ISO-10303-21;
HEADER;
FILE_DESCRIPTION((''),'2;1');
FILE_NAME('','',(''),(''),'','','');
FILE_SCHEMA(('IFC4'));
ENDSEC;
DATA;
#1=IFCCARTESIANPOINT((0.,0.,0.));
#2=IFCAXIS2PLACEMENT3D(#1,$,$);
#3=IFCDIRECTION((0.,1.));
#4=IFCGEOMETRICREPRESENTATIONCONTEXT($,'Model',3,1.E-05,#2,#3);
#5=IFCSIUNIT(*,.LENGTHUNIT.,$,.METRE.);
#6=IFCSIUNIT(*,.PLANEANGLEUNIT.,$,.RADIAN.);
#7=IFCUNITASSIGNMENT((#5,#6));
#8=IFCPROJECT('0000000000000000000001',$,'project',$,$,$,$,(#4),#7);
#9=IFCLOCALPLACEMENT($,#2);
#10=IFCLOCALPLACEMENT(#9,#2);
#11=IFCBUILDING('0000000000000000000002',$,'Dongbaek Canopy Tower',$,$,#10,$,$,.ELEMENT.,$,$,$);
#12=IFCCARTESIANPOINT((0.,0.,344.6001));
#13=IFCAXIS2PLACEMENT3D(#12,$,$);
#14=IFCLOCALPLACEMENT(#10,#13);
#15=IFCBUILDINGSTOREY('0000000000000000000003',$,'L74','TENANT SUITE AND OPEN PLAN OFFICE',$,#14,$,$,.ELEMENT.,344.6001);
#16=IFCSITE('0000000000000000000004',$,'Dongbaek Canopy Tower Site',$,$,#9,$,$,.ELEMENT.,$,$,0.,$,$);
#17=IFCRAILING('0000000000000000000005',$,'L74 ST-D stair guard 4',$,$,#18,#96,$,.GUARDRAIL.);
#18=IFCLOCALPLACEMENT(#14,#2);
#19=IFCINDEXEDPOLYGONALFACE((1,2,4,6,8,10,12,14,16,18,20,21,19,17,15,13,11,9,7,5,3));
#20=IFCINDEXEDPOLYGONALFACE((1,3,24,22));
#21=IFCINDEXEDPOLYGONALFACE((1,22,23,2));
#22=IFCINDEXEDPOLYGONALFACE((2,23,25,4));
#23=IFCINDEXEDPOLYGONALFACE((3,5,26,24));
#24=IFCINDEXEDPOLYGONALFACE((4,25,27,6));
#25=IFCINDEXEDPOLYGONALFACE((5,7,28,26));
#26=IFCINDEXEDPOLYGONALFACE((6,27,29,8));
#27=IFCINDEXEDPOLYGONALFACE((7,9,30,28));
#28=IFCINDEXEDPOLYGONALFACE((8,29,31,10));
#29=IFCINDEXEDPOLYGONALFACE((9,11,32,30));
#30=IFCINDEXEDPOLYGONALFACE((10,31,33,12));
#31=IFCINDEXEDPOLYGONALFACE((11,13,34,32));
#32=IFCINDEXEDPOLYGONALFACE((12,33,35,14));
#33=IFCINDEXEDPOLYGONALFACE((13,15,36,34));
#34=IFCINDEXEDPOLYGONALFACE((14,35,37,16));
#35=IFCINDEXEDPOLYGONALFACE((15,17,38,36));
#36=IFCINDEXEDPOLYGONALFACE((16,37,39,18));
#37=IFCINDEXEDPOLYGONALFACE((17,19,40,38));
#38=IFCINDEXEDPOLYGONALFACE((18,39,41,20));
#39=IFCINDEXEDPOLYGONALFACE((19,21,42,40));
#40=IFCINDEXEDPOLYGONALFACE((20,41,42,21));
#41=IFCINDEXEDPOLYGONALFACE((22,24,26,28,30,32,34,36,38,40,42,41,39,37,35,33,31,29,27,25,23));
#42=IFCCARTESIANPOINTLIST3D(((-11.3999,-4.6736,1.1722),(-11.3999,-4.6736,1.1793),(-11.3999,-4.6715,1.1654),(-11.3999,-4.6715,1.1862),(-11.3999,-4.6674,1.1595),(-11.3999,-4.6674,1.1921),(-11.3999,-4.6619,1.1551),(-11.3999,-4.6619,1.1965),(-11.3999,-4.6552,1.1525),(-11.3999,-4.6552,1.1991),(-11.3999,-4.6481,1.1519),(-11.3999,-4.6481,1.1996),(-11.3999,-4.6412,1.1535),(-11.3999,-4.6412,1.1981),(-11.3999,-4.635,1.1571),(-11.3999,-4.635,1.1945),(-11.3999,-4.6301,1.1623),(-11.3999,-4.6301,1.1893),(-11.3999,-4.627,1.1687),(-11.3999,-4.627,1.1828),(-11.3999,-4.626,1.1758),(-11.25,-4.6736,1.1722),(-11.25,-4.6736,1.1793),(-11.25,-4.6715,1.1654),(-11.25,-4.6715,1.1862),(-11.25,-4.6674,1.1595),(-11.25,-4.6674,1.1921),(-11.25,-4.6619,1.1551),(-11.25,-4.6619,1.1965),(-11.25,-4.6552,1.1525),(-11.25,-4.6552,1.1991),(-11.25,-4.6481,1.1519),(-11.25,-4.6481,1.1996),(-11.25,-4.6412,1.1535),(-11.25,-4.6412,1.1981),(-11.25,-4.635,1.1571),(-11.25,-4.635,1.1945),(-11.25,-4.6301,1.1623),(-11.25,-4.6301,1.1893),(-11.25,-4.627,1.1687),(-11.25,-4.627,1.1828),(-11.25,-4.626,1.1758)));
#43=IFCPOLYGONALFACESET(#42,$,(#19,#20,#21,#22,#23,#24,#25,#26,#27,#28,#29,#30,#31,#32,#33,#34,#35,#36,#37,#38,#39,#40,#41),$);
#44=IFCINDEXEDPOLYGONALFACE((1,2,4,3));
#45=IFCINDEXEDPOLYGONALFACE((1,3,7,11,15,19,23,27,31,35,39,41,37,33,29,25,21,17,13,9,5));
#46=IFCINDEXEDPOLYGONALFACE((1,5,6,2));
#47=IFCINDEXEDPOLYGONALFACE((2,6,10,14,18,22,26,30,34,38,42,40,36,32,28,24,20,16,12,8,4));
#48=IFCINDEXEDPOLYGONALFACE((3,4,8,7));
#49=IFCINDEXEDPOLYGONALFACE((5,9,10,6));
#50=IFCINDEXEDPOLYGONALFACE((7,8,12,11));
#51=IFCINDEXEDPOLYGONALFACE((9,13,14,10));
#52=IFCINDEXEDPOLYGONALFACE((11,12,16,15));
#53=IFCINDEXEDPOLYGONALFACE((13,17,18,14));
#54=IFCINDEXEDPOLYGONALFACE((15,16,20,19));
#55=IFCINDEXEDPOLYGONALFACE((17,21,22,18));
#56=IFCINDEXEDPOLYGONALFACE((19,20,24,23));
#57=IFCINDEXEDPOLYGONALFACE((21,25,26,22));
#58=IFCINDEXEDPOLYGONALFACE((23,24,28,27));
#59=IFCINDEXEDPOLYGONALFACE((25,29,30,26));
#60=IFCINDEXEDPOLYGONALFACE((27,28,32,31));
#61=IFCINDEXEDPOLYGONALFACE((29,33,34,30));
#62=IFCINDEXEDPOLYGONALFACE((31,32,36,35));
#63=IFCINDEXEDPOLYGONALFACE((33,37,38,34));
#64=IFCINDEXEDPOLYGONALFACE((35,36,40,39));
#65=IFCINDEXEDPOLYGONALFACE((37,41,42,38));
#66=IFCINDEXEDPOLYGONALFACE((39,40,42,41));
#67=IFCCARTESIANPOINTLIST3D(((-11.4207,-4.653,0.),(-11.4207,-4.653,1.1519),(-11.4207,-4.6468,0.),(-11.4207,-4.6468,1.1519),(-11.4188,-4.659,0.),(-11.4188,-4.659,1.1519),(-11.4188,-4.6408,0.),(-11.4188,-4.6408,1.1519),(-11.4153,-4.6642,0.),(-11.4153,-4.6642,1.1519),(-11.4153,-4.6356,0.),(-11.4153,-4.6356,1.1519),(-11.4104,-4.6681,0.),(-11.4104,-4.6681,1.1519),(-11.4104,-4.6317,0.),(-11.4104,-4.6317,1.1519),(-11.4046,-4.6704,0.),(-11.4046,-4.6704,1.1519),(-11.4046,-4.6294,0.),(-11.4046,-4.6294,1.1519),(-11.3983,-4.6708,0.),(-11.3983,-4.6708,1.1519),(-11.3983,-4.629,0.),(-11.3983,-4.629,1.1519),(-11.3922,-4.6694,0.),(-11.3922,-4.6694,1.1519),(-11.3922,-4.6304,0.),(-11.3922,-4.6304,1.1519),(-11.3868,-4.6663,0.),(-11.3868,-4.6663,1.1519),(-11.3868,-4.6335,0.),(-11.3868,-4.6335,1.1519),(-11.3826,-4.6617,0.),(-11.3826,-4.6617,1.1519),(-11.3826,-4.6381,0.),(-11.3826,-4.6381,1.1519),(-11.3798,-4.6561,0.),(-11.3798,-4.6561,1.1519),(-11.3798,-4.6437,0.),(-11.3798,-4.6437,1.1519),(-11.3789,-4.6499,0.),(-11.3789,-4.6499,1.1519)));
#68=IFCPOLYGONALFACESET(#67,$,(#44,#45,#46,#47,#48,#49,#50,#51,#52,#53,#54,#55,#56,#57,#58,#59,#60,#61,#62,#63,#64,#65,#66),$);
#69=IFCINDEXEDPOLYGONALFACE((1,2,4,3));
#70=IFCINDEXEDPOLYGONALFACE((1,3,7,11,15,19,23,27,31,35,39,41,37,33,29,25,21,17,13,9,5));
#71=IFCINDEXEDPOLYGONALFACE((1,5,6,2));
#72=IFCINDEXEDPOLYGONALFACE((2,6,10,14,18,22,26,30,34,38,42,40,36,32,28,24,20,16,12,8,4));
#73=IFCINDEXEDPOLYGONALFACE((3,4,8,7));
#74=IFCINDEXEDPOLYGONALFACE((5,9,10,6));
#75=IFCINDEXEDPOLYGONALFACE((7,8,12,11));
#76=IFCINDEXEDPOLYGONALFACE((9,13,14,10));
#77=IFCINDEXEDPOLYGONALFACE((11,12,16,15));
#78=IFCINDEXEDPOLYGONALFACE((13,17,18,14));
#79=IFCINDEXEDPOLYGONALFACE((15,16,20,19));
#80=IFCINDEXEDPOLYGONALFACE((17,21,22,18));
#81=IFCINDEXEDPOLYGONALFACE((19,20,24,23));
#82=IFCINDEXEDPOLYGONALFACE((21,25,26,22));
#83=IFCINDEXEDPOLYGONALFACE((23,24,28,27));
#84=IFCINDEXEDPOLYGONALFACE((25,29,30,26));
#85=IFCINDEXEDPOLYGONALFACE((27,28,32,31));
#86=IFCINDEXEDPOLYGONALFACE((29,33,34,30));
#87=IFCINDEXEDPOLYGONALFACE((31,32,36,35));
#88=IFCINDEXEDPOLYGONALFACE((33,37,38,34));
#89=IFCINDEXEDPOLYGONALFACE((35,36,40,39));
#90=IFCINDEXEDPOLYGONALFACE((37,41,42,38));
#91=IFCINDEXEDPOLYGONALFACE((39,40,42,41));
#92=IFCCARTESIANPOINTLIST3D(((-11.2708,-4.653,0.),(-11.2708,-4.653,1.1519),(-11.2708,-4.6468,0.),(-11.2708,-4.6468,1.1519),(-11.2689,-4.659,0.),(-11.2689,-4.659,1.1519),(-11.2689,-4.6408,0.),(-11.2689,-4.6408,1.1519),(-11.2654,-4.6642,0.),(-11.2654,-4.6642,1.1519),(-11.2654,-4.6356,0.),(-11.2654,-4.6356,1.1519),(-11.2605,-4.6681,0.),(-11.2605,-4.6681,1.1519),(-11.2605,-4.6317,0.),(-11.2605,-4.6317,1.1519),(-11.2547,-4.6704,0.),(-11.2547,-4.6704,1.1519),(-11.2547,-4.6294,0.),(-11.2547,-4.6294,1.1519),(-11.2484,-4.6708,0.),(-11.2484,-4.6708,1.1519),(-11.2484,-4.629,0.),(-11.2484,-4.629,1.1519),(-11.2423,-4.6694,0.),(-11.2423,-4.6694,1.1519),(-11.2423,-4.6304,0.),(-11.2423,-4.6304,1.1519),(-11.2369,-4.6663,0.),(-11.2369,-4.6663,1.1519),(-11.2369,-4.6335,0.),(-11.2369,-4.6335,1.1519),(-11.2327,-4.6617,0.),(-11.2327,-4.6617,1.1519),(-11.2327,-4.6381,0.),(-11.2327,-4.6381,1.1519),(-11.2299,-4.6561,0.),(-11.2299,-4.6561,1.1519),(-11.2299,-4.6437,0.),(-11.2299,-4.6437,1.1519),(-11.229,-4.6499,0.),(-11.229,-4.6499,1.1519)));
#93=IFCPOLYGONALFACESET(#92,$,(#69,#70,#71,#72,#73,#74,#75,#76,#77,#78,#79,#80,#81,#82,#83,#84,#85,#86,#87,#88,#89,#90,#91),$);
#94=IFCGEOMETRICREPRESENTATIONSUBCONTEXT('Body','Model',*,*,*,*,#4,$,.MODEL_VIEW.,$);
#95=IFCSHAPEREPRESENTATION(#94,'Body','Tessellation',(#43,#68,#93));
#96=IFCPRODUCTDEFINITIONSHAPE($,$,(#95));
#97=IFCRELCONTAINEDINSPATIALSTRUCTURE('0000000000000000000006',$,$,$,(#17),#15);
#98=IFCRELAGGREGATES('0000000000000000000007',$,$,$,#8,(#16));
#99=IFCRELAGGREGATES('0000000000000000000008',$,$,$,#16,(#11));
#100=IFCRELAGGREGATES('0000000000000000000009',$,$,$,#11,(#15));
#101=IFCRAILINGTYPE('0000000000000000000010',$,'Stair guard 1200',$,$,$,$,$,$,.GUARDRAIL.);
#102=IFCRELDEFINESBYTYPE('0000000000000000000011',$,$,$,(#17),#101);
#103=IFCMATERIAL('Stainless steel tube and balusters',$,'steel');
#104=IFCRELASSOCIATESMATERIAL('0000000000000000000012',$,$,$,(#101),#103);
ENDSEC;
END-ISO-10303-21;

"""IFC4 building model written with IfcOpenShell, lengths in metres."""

from ifc_helpers import new_model, si_unit, direction, frame, origin, origin_2d, place, context, subcontext, project, spatial, circle, extrude, material, type_object, element, save


model = new_model("IFC4")

# Units and contexts
model_context = context("Model", 3, precision=1e-05, world=origin(), true_north=direction((0.0, 1.0)))
body_context = subcontext(model_context, "Body", "Model", "MODEL_VIEW")
ifc_project = project(units=[si_unit("LENGTHUNIT", "METRE"), si_unit("PLANEANGLEUNIT", "RADIAN")], contexts=[model_context])

# Site, building, storey
site_placement = place(None, origin())
site = spatial("IfcSite", under=ifc_project, at=site_placement, Name="Dongbaek Canopy Tower Site", CompositionType="ELEMENT", RefElevation=0.0)
building_placement = place(site_placement, origin())
building = spatial("IfcBuilding", under=site, at=building_placement, Name="Dongbaek Canopy Tower", CompositionType="ELEMENT")
storey_placement = place(building_placement, frame((0.0, 0.0, 344.6001)))
storey = spatial("IfcBuildingStorey", under=building, at=storey_placement, Name="L74", Description="TENANT SUITE AND OPEN PLAN OFFICE", CompositionType="ELEMENT", Elevation=344.6001)

# Railing
ifc_material_1 = material(Name="Stainless steel tube and balusters", Category="steel")
railing_type_1 = type_object("IfcRailingType", Name="Stair guard 1200", PredefinedType="GUARDRAIL", material=ifc_material_1)
railing_1_placement = place(storey_placement, frame((-11.3999, -4.6499, 0.0)))
element("IfcRailing", 1, at=railing_1_placement, inside=storey, type_object=railing_type_1, Name="L74 ST-D stair guard 4", PredefinedType="GUARDRAIL", context=body_context, shape_type="SweptSolid", body=[
    extrude(circle(Radius=0.0239, at=origin_2d()), frame((0.0, 0.0, 1.1758), z_axis=(1.0, 0.0, 0.0), x_axis=(0.0, 1.0, 0.0)), (0.0, 0.0, 1.0), 0.1499),
    extrude(circle(Radius=0.021, at=origin_2d()), origin(), (0.0, 0.0, 1.0), 1.1519),
    extrude(circle(Radius=0.021, at=origin_2d()), frame((0.1499, 0.0, 0.0)), (0.0, 0.0, 1.0), 1.1519),
])

save(model, "model.ifc")
